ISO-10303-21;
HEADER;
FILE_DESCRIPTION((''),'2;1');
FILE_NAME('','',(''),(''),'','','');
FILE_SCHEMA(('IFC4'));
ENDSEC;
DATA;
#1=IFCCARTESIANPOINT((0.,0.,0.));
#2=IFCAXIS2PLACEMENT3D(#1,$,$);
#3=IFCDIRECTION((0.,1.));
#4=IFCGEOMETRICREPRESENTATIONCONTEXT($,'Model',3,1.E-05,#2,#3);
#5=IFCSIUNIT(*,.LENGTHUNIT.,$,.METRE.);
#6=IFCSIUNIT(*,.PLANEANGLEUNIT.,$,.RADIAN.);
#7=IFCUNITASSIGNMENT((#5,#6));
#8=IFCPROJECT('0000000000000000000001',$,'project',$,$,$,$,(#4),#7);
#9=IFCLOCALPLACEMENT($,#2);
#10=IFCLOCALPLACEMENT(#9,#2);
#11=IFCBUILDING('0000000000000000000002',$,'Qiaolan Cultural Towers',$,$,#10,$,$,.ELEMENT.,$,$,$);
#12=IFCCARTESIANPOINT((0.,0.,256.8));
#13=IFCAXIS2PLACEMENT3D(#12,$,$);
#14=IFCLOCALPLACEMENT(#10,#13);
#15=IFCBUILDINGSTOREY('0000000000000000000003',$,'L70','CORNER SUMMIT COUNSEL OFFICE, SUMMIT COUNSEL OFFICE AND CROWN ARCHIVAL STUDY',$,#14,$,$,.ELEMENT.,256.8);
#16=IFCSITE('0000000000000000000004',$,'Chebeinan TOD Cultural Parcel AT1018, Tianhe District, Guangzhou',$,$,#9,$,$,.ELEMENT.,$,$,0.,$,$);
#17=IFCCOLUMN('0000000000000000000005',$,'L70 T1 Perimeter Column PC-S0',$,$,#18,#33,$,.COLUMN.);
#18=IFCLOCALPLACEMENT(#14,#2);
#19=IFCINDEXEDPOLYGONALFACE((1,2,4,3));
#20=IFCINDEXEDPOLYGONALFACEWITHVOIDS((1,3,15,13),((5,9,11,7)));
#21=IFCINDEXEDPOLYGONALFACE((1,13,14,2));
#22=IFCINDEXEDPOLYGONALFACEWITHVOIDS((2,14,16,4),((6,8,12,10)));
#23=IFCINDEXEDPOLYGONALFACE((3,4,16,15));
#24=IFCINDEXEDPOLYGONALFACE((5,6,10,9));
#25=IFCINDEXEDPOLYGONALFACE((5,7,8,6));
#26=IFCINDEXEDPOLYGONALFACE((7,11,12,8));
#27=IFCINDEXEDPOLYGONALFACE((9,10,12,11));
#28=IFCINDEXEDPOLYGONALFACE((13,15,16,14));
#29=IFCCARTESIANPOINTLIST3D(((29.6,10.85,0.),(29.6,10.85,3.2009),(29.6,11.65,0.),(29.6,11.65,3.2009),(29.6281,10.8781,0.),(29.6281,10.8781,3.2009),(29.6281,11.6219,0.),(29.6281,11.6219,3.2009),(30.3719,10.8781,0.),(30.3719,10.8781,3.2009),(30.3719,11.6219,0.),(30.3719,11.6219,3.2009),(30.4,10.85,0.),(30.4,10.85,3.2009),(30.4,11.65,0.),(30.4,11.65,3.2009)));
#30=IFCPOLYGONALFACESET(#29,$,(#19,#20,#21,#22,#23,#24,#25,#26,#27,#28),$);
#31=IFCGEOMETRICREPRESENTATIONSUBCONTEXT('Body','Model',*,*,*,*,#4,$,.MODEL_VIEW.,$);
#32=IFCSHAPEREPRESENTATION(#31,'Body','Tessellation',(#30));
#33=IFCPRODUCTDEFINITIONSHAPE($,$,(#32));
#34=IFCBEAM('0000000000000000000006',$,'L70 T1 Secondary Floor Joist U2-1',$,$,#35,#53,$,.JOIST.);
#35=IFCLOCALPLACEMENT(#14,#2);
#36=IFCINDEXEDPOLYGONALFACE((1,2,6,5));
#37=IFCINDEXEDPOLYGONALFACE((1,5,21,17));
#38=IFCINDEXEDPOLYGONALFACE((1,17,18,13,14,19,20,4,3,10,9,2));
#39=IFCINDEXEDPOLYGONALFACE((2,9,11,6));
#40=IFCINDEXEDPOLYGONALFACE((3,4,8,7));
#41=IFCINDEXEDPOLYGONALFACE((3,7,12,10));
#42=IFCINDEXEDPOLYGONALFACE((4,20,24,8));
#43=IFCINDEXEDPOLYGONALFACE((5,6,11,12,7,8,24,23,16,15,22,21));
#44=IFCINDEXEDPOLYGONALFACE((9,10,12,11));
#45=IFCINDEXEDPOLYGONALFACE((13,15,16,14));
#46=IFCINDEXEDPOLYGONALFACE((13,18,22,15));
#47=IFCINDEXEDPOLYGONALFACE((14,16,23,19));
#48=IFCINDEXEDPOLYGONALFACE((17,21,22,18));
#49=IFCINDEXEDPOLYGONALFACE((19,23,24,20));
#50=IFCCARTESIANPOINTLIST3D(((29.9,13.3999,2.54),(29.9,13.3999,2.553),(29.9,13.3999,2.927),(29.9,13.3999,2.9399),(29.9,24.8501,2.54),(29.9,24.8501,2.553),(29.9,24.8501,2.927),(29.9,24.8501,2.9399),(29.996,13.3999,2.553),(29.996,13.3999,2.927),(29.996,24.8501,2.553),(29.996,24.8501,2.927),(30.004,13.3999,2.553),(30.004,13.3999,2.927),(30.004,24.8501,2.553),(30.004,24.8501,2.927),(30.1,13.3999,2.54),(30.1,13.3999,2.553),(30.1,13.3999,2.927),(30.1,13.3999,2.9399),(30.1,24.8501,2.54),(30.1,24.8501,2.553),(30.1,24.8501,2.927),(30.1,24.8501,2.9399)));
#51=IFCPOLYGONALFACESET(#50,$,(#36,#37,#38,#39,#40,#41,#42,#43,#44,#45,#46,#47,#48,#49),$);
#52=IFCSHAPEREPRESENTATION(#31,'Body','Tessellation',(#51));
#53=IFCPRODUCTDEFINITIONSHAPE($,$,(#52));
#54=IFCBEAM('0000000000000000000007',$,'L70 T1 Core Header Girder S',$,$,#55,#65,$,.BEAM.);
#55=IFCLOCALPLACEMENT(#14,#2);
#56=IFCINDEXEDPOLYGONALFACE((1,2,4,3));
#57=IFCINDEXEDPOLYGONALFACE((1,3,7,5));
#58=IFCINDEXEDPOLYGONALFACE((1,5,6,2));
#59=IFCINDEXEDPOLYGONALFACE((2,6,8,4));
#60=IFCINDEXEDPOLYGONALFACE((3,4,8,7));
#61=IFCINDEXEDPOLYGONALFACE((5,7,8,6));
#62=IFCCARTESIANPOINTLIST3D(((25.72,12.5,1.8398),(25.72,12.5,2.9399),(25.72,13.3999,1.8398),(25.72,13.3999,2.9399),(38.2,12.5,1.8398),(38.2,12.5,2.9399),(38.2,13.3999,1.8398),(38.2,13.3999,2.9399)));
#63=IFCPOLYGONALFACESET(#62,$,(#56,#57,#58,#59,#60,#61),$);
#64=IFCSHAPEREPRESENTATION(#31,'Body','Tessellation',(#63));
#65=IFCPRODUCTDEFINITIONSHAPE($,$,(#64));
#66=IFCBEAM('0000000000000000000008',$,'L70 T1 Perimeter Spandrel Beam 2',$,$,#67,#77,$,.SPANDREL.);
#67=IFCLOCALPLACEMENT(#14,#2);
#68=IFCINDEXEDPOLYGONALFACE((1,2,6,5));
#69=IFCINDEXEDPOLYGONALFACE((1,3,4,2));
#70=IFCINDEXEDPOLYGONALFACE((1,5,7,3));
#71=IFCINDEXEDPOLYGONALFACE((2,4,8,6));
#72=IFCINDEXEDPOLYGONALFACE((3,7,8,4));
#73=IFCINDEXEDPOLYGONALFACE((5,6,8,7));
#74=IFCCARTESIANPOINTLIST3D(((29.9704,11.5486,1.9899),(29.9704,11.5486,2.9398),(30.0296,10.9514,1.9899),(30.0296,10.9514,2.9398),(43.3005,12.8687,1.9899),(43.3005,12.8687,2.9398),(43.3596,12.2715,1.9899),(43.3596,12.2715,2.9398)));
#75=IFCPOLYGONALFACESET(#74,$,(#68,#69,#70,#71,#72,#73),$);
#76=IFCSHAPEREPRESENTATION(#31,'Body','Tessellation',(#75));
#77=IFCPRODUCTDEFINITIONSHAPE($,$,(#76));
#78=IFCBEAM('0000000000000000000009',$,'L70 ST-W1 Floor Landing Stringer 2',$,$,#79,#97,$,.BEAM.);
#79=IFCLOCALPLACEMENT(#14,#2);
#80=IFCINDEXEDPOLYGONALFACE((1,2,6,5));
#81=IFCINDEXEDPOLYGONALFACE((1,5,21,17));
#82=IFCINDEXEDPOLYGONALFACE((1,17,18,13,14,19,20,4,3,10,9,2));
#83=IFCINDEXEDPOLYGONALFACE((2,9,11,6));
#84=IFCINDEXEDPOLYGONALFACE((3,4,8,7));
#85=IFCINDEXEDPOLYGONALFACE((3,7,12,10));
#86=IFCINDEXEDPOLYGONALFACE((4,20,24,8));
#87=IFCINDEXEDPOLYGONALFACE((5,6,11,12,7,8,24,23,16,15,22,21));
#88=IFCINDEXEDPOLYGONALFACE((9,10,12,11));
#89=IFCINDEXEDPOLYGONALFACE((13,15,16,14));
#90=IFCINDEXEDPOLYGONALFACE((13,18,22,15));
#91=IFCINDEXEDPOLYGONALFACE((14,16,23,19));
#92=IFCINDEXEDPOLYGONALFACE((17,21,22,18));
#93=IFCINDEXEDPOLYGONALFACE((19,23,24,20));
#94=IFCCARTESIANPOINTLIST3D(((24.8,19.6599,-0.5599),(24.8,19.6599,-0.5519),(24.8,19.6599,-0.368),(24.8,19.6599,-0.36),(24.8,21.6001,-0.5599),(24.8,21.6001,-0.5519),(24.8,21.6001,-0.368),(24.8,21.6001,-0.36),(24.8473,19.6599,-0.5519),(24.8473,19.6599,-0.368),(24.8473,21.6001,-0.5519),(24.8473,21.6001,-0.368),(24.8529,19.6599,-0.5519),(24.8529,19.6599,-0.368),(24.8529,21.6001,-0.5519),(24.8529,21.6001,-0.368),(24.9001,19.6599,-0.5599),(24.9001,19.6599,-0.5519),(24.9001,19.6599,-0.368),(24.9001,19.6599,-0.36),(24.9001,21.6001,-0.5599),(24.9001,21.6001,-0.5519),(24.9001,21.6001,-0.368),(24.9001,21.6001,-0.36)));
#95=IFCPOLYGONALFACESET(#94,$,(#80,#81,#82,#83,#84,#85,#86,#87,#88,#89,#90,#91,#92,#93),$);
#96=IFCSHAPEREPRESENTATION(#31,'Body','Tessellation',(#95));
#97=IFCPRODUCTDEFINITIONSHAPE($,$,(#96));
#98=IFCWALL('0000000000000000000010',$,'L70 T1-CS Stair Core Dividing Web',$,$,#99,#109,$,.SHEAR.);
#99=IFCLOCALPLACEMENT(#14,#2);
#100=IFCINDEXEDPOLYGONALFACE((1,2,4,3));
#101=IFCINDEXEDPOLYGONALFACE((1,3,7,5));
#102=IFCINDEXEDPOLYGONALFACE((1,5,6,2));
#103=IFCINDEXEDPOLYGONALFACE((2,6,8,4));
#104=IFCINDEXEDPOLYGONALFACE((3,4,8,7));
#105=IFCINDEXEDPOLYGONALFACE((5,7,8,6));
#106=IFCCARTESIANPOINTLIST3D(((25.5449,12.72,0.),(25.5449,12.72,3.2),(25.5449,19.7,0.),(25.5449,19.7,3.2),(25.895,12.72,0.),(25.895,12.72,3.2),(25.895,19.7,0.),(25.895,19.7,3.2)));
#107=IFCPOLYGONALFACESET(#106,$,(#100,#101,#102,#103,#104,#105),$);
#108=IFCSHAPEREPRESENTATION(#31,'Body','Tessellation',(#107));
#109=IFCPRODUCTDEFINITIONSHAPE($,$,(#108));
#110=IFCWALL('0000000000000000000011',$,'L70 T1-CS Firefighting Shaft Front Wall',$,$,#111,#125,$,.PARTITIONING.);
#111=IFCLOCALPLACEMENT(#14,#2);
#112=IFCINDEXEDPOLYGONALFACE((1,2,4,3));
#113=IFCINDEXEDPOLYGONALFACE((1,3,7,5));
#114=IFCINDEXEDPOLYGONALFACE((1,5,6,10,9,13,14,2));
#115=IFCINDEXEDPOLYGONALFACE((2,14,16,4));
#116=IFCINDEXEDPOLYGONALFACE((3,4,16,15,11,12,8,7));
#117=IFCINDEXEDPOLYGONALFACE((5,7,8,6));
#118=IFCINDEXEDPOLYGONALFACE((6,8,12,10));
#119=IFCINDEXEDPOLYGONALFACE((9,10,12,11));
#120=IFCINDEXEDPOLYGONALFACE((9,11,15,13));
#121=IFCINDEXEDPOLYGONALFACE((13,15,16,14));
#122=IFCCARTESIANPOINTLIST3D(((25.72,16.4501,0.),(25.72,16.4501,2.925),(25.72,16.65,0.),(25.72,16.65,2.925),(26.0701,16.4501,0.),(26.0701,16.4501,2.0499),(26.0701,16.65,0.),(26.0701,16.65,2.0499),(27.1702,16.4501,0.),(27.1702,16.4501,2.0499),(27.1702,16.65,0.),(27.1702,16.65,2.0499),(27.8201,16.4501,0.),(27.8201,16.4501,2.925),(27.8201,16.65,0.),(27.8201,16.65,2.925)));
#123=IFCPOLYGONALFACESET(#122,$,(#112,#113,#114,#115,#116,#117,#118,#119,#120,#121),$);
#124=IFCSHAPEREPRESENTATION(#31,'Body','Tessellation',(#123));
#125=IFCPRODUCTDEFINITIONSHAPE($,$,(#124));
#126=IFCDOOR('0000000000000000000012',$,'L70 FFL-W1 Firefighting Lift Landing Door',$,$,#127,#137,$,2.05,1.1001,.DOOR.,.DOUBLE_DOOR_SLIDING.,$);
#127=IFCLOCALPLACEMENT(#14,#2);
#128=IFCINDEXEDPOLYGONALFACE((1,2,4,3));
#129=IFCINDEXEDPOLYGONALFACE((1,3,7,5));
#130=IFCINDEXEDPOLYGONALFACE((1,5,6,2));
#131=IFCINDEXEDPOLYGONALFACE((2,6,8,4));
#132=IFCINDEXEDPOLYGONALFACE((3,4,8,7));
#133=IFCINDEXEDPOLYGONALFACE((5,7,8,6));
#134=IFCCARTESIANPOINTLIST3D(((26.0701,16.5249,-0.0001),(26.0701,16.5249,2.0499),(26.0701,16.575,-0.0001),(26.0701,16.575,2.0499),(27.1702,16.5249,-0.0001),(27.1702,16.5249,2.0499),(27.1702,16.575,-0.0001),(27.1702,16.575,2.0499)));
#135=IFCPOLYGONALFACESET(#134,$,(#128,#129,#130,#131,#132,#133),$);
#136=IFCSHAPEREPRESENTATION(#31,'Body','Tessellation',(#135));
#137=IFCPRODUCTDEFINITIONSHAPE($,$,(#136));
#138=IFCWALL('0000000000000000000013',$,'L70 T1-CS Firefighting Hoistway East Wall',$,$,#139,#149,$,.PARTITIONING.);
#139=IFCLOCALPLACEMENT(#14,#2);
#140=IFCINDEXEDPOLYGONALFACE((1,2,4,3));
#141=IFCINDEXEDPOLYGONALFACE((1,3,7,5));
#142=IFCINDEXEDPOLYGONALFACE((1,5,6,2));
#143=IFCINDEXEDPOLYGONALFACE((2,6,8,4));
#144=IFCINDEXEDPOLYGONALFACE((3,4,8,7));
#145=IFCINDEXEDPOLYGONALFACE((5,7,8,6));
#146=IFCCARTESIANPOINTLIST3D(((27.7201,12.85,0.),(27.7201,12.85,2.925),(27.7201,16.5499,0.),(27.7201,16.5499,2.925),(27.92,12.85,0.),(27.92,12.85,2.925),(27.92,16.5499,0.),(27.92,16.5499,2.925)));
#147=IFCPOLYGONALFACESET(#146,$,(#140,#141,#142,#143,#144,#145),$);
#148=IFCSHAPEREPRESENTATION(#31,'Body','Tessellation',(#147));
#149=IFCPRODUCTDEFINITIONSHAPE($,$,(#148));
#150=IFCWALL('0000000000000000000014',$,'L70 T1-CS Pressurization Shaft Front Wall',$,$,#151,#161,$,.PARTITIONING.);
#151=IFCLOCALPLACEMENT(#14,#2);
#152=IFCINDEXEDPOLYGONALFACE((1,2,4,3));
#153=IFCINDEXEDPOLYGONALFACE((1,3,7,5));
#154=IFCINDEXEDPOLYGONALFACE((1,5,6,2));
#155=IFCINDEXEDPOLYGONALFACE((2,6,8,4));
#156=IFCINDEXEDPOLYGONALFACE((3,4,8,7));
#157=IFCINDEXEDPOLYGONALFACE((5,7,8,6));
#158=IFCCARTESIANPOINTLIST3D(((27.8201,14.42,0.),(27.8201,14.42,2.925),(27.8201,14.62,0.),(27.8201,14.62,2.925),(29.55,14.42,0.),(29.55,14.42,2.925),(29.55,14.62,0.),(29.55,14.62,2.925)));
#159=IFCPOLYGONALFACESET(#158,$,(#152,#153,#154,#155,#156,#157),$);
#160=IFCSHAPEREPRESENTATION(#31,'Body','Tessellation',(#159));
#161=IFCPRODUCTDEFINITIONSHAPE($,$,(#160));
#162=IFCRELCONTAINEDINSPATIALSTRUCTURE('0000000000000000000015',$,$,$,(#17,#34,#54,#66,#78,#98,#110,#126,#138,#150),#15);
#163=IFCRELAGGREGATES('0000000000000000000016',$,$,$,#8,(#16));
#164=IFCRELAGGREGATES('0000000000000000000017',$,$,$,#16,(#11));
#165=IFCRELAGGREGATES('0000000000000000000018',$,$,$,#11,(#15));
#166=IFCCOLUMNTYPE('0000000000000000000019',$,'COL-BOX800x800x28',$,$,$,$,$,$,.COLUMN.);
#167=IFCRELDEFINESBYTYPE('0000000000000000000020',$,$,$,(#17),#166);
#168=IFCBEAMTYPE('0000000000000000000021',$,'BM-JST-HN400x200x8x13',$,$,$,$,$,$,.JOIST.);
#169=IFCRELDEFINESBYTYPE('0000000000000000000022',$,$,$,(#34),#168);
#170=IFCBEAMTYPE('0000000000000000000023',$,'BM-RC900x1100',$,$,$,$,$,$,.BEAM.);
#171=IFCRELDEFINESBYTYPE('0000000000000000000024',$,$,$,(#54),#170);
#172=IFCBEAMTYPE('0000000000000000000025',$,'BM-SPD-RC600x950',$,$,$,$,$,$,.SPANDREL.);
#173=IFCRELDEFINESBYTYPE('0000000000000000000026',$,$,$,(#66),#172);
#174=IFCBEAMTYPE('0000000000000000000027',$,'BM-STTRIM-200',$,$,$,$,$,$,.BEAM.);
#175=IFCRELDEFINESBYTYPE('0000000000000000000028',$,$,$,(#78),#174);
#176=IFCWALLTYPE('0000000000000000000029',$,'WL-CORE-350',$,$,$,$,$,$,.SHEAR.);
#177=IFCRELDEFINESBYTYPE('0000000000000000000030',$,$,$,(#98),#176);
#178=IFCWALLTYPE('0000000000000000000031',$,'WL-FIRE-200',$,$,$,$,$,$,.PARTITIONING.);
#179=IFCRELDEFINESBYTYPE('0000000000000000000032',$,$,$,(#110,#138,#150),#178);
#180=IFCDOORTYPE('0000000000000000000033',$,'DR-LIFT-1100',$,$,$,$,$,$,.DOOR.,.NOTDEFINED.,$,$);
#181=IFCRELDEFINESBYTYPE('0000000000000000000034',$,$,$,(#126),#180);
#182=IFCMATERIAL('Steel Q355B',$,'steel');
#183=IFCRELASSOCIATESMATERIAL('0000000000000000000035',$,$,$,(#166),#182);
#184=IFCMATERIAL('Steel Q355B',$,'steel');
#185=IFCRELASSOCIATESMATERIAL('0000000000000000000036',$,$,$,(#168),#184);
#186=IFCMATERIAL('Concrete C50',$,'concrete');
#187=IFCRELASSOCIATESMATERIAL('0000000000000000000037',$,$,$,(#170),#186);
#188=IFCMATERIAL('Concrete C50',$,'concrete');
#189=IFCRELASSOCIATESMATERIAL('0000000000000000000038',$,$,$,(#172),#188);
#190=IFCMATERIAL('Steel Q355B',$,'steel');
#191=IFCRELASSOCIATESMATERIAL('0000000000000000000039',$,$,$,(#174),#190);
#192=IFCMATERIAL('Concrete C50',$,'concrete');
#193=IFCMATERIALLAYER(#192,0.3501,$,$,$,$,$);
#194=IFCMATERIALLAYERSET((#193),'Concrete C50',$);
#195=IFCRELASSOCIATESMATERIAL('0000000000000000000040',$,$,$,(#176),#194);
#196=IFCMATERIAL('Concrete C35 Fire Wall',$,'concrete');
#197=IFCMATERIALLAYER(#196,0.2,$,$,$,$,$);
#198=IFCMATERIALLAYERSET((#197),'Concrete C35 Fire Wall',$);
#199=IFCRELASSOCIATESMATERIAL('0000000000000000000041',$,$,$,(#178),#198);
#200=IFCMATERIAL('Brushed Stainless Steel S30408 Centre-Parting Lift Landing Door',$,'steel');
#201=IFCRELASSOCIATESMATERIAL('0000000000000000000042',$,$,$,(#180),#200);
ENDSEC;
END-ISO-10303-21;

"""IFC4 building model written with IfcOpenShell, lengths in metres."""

from ifc_helpers import new_model, si_unit, direction, frame, frame_2d, origin, origin_2d, place, context, subcontext, project, spatial, rectangle, hollow_rectangle, i_section, extrude, material, layer, layer_set, material_profile, profile_set, type_object, element, fill, save


model = new_model("IFC4")

# Units and contexts
model_context = context("Model", 3, precision=1e-05, world=origin(), true_north=direction((0.0, 1.0)))
body_context = subcontext(model_context, "Body", "Model", "MODEL_VIEW")
ifc_project = project(units=[si_unit("LENGTHUNIT", "METRE"), si_unit("PLANEANGLEUNIT", "RADIAN")], contexts=[model_context])

# Site, building, storey
site_placement = place(None, origin())
site = spatial("IfcSite", under=ifc_project, at=site_placement, Name="Chebeinan TOD Cultural Parcel AT1018, Tianhe District, Guangzhou", CompositionType="ELEMENT", RefElevation=0.0)
building_placement = place(site_placement, origin())
building = spatial("IfcBuilding", under=site, at=building_placement, Name="Qiaolan Cultural Towers", CompositionType="ELEMENT")
storey_placement = place(building_placement, frame((0.0, 0.0, 256.8)))
storey = spatial("IfcBuildingStorey", under=building, at=storey_placement, Name="L70", Description="CORNER SUMMIT COUNSEL OFFICE, SUMMIT COUNSEL OFFICE AND CROWN ARCHIVAL STUDY", CompositionType="ELEMENT", Elevation=256.8)

# Column
ifc_material_1 = material(Name="Steel Q355B", Category="steel")
ifc_material_profile_1 = material_profile(ifc_material_1, hollow_rectangle(XDim=0.8, YDim=0.8, WallThickness=0.0281, at=origin_2d()), Name="BOX800x800x28")
ifc_profile_set_1 = profile_set([ifc_material_profile_1], Name="Steel Q355B")
column_type = type_object("IfcColumnType", Name="COL-BOX800x800x28", PredefinedType="COLUMN", material=ifc_profile_set_1)
column_placement = place(storey_placement, frame((30.0, 11.25, 0.0), z_axis=(0.0, 0.0, 1.0), x_axis=(1.0, 0.0, 0.0)))
element("IfcColumn", 1, at=column_placement, inside=storey, type_object=column_type, Name="L70 T1 Perimeter Column PC-S0", PredefinedType="COLUMN", context=body_context, shape_type="SweptSolid", body=[
    extrude(hollow_rectangle(XDim=0.8, YDim=0.8, WallThickness=0.0281, at=origin_2d()), origin(), (0.0, 0.0, 1.0), 3.2009),
])

# Beams
ifc_material_2 = material(Name="Steel Q355B", Category="steel")
ifc_material_profile_2 = material_profile(ifc_material_2, i_section(OverallWidth=0.2, OverallDepth=0.3999, WebThickness=0.0081, FlangeThickness=0.0129, at=origin_2d()), Name="HN400x200x8x13")
ifc_profile_set_2 = profile_set([ifc_material_profile_2], Name="Steel Q355B")
beam_type_1 = type_object("IfcBeamType", Name="BM-JST-HN400x200x8x13", PredefinedType="JOIST", material=ifc_profile_set_2)
beam_1_placement = place(storey_placement, frame((30.0, 13.3999, 2.74), z_axis=(0.0, 1.0, 0.0), x_axis=(-1.0, 0.0, 0.0)))
element("IfcBeam", 2, at=beam_1_placement, inside=storey, type_object=beam_type_1, Name="L70 T1 Secondary Floor Joist U2-1", PredefinedType="JOIST", context=body_context, shape_type="SweptSolid", body=[
    extrude(i_section(OverallWidth=0.2, OverallDepth=0.3999, WebThickness=0.0081, FlangeThickness=0.0129, at=origin_2d()), origin(), (0.0, 0.0, 1.0), 11.4502),
])
ifc_material_3 = material(Name="Concrete C50", Category="concrete")
ifc_material_profile_3 = material_profile(ifc_material_3, rectangle(XDim=0.8999, YDim=1.1001, at=origin_2d()), Name="RC900x1100")
ifc_profile_set_3 = profile_set([ifc_material_profile_3], Name="Concrete C50")
beam_type_2 = type_object("IfcBeamType", Name="BM-RC900x1100", PredefinedType="BEAM", material=ifc_profile_set_3)
beam_2_placement = place(storey_placement, frame((25.72, 12.95, 2.3899), z_axis=(1.0, 0.0, 0.0), x_axis=(0.0, 1.0, 0.0)))
element("IfcBeam", 3, at=beam_2_placement, inside=storey, type_object=beam_type_2, Name="L70 T1 Core Header Girder S", PredefinedType="BEAM", context=body_context, shape_type="SweptSolid", body=[
    extrude(rectangle(XDim=0.8999, YDim=1.1001, at=origin_2d()), origin(), (0.0, 0.0, 1.0), 12.48),
])
ifc_material_4 = material(Name="Concrete C50", Category="concrete")
ifc_material_profile_4 = material_profile(ifc_material_4, rectangle(XDim=0.6001, YDim=0.95, at=origin_2d()), Name="RC600x950")
ifc_profile_set_4 = profile_set([ifc_material_profile_4], Name="Concrete C50")
beam_type_3 = type_object("IfcBeamType", Name="BM-SPD-RC600x950", PredefinedType="SPANDREL", material=ifc_profile_set_4)
beam_3_placement = place(storey_placement, frame((30.0, 11.25, 2.4648), z_axis=(0.995132, 0.098547, 0.0), x_axis=(-0.098547, 0.995132, 0.0)))
element("IfcBeam", 4, at=beam_3_placement, inside=storey, type_object=beam_type_3, Name="L70 T1 Perimeter Spandrel Beam 2", PredefinedType="SPANDREL", context=body_context, shape_type="SweptSolid", body=[
    extrude(rectangle(XDim=0.6001, YDim=0.95, at=origin_2d()), origin(), (0.0, 0.0, 1.0), 13.3953),
])
ifc_material_5 = material(Name="Steel Q355B", Category="steel")
ifc_material_profile_5 = material_profile(ifc_material_5, i_section(OverallWidth=0.1001, OverallDepth=0.2, WebThickness=0.0056, FlangeThickness=0.0081, at=origin_2d()), Name="HN200x100x5.5x8")
ifc_profile_set_5 = profile_set([ifc_material_profile_5], Name="Steel Q355B")
beam_type_4 = type_object("IfcBeamType", Name="BM-STTRIM-200", PredefinedType="BEAM", material=ifc_profile_set_5)
beam_4_placement = place(storey_placement, frame((24.8501, 21.6001, -0.46), z_axis=(0.0, -1.0, 0.0), x_axis=(1.0, 0.0, 0.0)))
element("IfcBeam", 5, at=beam_4_placement, inside=storey, type_object=beam_type_4, Name="L70 ST-W1 Floor Landing Stringer 2", PredefinedType="BEAM", context=body_context, shape_type="SweptSolid", body=[
    extrude(i_section(OverallWidth=0.1001, OverallDepth=0.2, WebThickness=0.0056, FlangeThickness=0.0081, at=origin_2d()), origin(), (0.0, 0.0, 1.0), 1.9402),
])

# Wall
ifc_material_6 = material(Name="Concrete C50", Category="concrete")
ifc_layer_1 = layer(ifc_material_6, 0.3501)
ifc_layer_set_1 = layer_set([ifc_layer_1], Name="Concrete C50")
wall_type_1 = type_object("IfcWallType", Name="WL-CORE-350", PredefinedType="SHEAR", material=ifc_layer_set_1)
wall_1_placement = place(storey_placement, frame((25.72, 19.7, 0.0), z_axis=(0.0, 0.0, 1.0), x_axis=(0.0, -1.0, 0.0)))
element("IfcWall", 6, at=wall_1_placement, inside=storey, type_object=wall_type_1, Name="L70 T1-CS Stair Core Dividing Web", PredefinedType="SHEAR", context=body_context, shape_type="SweptSolid", body=[
    extrude(rectangle(XDim=6.98, YDim=0.3501, at=frame_2d((3.49, 0.0))), origin(), (0.0, 0.0, 1.0), 3.2),
])

# Wall, opening, door
ifc_material_7 = material(Name="Concrete C35 Fire Wall", Category="concrete")
ifc_layer_2 = layer(ifc_material_7, 0.2)
ifc_layer_set_2 = layer_set([ifc_layer_2], Name="Concrete C35 Fire Wall")
wall_type_2 = type_object("IfcWallType", Name="WL-FIRE-200", PredefinedType="PARTITIONING", material=ifc_layer_set_2)
wall_2_placement = place(storey_placement, frame((25.72, 16.55, 0.0), z_axis=(0.0, 0.0, 1.0), x_axis=(1.0, 0.0, 0.0)))
wall_2 = element("IfcWall", 7, at=wall_2_placement, inside=storey, type_object=wall_type_2, Name="L70 T1-CS Firefighting Shaft Front Wall", PredefinedType="PARTITIONING", context=body_context, shape_type="SweptSolid", body=[
    extrude(rectangle(XDim=2.1001, YDim=0.2, at=frame_2d((1.05, 0.0))), origin(), (0.0, 0.0, 1.0), 2.925),
])
opening_placement = place(wall_2_placement, frame((0.3501, 0.0, 0.0)))
opening = element("IfcOpeningElement", 8, at=opening_placement, cuts=wall_2, PredefinedType="OPENING", context=body_context, shape_type="SweptSolid", body=[
    extrude(rectangle(XDim=1.1001, YDim=2.05, at=frame_2d((0.55, 1.0249))), frame((0.0, 0.1099, 0.0), z_axis=(0.0, -1.0, 0.0), x_axis=(1.0, 0.0, 0.0)), (0.0, 0.0, 1.0), 0.22),
])
ifc_material_8 = material(Name="Brushed Stainless Steel S30408 Centre-Parting Lift Landing Door", Category="steel")
door_type = type_object("IfcDoorType", Name="DR-LIFT-1100", OperationType="NOTDEFINED", PredefinedType="DOOR", material=ifc_material_8)
door_placement = place(opening_placement, origin())
door = element("IfcDoor", 9, at=door_placement, inside=storey, type_object=door_type, Name="L70 FFL-W1 Firefighting Lift Landing Door", OperationType="DOUBLE_DOOR_SLIDING", OverallHeight=2.05, OverallWidth=1.1001, PredefinedType="DOOR", context=body_context, shape_type="SweptSolid", body=[
    extrude(rectangle(XDim=1.1001, YDim=2.05, at=frame_2d((0.55, 1.0249))), frame((0.0, 0.0249, 0.0), z_axis=(0.0, -1.0, 0.0), x_axis=(1.0, 0.0, 0.0)), (0.0, 0.0, 1.0), 0.05),
])
fill(opening, door)

# Walls
wall_3_placement = place(storey_placement, frame((27.8201, 16.55, 0.0), z_axis=(0.0, 0.0, 1.0), x_axis=(0.0, -1.0, 0.0)))
element("IfcWall", 10, at=wall_3_placement, inside=storey, type_object=wall_type_2, Name="L70 T1-CS Firefighting Hoistway East Wall", PredefinedType="PARTITIONING", context=body_context, shape_type="SweptSolid", body=[
    extrude(rectangle(XDim=3.7, YDim=0.2, at=frame_2d((1.8501, 0.0))), origin(), (0.0, 0.0, 1.0), 2.925),
])
wall_4_placement = place(storey_placement, frame((27.8201, 14.52, 0.0), z_axis=(0.0, 0.0, 1.0), x_axis=(1.0, 0.0, 0.0)))
element("IfcWall", 11, at=wall_4_placement, inside=storey, type_object=wall_type_2, Name="L70 T1-CS Pressurization Shaft Front Wall", PredefinedType="PARTITIONING", context=body_context, shape_type="SweptSolid", body=[
    extrude(rectangle(XDim=1.73, YDim=0.2, at=frame_2d((0.865, 0.0))), origin(), (0.0, 0.0, 1.0), 2.925),
])

save(model, "model.ifc")
